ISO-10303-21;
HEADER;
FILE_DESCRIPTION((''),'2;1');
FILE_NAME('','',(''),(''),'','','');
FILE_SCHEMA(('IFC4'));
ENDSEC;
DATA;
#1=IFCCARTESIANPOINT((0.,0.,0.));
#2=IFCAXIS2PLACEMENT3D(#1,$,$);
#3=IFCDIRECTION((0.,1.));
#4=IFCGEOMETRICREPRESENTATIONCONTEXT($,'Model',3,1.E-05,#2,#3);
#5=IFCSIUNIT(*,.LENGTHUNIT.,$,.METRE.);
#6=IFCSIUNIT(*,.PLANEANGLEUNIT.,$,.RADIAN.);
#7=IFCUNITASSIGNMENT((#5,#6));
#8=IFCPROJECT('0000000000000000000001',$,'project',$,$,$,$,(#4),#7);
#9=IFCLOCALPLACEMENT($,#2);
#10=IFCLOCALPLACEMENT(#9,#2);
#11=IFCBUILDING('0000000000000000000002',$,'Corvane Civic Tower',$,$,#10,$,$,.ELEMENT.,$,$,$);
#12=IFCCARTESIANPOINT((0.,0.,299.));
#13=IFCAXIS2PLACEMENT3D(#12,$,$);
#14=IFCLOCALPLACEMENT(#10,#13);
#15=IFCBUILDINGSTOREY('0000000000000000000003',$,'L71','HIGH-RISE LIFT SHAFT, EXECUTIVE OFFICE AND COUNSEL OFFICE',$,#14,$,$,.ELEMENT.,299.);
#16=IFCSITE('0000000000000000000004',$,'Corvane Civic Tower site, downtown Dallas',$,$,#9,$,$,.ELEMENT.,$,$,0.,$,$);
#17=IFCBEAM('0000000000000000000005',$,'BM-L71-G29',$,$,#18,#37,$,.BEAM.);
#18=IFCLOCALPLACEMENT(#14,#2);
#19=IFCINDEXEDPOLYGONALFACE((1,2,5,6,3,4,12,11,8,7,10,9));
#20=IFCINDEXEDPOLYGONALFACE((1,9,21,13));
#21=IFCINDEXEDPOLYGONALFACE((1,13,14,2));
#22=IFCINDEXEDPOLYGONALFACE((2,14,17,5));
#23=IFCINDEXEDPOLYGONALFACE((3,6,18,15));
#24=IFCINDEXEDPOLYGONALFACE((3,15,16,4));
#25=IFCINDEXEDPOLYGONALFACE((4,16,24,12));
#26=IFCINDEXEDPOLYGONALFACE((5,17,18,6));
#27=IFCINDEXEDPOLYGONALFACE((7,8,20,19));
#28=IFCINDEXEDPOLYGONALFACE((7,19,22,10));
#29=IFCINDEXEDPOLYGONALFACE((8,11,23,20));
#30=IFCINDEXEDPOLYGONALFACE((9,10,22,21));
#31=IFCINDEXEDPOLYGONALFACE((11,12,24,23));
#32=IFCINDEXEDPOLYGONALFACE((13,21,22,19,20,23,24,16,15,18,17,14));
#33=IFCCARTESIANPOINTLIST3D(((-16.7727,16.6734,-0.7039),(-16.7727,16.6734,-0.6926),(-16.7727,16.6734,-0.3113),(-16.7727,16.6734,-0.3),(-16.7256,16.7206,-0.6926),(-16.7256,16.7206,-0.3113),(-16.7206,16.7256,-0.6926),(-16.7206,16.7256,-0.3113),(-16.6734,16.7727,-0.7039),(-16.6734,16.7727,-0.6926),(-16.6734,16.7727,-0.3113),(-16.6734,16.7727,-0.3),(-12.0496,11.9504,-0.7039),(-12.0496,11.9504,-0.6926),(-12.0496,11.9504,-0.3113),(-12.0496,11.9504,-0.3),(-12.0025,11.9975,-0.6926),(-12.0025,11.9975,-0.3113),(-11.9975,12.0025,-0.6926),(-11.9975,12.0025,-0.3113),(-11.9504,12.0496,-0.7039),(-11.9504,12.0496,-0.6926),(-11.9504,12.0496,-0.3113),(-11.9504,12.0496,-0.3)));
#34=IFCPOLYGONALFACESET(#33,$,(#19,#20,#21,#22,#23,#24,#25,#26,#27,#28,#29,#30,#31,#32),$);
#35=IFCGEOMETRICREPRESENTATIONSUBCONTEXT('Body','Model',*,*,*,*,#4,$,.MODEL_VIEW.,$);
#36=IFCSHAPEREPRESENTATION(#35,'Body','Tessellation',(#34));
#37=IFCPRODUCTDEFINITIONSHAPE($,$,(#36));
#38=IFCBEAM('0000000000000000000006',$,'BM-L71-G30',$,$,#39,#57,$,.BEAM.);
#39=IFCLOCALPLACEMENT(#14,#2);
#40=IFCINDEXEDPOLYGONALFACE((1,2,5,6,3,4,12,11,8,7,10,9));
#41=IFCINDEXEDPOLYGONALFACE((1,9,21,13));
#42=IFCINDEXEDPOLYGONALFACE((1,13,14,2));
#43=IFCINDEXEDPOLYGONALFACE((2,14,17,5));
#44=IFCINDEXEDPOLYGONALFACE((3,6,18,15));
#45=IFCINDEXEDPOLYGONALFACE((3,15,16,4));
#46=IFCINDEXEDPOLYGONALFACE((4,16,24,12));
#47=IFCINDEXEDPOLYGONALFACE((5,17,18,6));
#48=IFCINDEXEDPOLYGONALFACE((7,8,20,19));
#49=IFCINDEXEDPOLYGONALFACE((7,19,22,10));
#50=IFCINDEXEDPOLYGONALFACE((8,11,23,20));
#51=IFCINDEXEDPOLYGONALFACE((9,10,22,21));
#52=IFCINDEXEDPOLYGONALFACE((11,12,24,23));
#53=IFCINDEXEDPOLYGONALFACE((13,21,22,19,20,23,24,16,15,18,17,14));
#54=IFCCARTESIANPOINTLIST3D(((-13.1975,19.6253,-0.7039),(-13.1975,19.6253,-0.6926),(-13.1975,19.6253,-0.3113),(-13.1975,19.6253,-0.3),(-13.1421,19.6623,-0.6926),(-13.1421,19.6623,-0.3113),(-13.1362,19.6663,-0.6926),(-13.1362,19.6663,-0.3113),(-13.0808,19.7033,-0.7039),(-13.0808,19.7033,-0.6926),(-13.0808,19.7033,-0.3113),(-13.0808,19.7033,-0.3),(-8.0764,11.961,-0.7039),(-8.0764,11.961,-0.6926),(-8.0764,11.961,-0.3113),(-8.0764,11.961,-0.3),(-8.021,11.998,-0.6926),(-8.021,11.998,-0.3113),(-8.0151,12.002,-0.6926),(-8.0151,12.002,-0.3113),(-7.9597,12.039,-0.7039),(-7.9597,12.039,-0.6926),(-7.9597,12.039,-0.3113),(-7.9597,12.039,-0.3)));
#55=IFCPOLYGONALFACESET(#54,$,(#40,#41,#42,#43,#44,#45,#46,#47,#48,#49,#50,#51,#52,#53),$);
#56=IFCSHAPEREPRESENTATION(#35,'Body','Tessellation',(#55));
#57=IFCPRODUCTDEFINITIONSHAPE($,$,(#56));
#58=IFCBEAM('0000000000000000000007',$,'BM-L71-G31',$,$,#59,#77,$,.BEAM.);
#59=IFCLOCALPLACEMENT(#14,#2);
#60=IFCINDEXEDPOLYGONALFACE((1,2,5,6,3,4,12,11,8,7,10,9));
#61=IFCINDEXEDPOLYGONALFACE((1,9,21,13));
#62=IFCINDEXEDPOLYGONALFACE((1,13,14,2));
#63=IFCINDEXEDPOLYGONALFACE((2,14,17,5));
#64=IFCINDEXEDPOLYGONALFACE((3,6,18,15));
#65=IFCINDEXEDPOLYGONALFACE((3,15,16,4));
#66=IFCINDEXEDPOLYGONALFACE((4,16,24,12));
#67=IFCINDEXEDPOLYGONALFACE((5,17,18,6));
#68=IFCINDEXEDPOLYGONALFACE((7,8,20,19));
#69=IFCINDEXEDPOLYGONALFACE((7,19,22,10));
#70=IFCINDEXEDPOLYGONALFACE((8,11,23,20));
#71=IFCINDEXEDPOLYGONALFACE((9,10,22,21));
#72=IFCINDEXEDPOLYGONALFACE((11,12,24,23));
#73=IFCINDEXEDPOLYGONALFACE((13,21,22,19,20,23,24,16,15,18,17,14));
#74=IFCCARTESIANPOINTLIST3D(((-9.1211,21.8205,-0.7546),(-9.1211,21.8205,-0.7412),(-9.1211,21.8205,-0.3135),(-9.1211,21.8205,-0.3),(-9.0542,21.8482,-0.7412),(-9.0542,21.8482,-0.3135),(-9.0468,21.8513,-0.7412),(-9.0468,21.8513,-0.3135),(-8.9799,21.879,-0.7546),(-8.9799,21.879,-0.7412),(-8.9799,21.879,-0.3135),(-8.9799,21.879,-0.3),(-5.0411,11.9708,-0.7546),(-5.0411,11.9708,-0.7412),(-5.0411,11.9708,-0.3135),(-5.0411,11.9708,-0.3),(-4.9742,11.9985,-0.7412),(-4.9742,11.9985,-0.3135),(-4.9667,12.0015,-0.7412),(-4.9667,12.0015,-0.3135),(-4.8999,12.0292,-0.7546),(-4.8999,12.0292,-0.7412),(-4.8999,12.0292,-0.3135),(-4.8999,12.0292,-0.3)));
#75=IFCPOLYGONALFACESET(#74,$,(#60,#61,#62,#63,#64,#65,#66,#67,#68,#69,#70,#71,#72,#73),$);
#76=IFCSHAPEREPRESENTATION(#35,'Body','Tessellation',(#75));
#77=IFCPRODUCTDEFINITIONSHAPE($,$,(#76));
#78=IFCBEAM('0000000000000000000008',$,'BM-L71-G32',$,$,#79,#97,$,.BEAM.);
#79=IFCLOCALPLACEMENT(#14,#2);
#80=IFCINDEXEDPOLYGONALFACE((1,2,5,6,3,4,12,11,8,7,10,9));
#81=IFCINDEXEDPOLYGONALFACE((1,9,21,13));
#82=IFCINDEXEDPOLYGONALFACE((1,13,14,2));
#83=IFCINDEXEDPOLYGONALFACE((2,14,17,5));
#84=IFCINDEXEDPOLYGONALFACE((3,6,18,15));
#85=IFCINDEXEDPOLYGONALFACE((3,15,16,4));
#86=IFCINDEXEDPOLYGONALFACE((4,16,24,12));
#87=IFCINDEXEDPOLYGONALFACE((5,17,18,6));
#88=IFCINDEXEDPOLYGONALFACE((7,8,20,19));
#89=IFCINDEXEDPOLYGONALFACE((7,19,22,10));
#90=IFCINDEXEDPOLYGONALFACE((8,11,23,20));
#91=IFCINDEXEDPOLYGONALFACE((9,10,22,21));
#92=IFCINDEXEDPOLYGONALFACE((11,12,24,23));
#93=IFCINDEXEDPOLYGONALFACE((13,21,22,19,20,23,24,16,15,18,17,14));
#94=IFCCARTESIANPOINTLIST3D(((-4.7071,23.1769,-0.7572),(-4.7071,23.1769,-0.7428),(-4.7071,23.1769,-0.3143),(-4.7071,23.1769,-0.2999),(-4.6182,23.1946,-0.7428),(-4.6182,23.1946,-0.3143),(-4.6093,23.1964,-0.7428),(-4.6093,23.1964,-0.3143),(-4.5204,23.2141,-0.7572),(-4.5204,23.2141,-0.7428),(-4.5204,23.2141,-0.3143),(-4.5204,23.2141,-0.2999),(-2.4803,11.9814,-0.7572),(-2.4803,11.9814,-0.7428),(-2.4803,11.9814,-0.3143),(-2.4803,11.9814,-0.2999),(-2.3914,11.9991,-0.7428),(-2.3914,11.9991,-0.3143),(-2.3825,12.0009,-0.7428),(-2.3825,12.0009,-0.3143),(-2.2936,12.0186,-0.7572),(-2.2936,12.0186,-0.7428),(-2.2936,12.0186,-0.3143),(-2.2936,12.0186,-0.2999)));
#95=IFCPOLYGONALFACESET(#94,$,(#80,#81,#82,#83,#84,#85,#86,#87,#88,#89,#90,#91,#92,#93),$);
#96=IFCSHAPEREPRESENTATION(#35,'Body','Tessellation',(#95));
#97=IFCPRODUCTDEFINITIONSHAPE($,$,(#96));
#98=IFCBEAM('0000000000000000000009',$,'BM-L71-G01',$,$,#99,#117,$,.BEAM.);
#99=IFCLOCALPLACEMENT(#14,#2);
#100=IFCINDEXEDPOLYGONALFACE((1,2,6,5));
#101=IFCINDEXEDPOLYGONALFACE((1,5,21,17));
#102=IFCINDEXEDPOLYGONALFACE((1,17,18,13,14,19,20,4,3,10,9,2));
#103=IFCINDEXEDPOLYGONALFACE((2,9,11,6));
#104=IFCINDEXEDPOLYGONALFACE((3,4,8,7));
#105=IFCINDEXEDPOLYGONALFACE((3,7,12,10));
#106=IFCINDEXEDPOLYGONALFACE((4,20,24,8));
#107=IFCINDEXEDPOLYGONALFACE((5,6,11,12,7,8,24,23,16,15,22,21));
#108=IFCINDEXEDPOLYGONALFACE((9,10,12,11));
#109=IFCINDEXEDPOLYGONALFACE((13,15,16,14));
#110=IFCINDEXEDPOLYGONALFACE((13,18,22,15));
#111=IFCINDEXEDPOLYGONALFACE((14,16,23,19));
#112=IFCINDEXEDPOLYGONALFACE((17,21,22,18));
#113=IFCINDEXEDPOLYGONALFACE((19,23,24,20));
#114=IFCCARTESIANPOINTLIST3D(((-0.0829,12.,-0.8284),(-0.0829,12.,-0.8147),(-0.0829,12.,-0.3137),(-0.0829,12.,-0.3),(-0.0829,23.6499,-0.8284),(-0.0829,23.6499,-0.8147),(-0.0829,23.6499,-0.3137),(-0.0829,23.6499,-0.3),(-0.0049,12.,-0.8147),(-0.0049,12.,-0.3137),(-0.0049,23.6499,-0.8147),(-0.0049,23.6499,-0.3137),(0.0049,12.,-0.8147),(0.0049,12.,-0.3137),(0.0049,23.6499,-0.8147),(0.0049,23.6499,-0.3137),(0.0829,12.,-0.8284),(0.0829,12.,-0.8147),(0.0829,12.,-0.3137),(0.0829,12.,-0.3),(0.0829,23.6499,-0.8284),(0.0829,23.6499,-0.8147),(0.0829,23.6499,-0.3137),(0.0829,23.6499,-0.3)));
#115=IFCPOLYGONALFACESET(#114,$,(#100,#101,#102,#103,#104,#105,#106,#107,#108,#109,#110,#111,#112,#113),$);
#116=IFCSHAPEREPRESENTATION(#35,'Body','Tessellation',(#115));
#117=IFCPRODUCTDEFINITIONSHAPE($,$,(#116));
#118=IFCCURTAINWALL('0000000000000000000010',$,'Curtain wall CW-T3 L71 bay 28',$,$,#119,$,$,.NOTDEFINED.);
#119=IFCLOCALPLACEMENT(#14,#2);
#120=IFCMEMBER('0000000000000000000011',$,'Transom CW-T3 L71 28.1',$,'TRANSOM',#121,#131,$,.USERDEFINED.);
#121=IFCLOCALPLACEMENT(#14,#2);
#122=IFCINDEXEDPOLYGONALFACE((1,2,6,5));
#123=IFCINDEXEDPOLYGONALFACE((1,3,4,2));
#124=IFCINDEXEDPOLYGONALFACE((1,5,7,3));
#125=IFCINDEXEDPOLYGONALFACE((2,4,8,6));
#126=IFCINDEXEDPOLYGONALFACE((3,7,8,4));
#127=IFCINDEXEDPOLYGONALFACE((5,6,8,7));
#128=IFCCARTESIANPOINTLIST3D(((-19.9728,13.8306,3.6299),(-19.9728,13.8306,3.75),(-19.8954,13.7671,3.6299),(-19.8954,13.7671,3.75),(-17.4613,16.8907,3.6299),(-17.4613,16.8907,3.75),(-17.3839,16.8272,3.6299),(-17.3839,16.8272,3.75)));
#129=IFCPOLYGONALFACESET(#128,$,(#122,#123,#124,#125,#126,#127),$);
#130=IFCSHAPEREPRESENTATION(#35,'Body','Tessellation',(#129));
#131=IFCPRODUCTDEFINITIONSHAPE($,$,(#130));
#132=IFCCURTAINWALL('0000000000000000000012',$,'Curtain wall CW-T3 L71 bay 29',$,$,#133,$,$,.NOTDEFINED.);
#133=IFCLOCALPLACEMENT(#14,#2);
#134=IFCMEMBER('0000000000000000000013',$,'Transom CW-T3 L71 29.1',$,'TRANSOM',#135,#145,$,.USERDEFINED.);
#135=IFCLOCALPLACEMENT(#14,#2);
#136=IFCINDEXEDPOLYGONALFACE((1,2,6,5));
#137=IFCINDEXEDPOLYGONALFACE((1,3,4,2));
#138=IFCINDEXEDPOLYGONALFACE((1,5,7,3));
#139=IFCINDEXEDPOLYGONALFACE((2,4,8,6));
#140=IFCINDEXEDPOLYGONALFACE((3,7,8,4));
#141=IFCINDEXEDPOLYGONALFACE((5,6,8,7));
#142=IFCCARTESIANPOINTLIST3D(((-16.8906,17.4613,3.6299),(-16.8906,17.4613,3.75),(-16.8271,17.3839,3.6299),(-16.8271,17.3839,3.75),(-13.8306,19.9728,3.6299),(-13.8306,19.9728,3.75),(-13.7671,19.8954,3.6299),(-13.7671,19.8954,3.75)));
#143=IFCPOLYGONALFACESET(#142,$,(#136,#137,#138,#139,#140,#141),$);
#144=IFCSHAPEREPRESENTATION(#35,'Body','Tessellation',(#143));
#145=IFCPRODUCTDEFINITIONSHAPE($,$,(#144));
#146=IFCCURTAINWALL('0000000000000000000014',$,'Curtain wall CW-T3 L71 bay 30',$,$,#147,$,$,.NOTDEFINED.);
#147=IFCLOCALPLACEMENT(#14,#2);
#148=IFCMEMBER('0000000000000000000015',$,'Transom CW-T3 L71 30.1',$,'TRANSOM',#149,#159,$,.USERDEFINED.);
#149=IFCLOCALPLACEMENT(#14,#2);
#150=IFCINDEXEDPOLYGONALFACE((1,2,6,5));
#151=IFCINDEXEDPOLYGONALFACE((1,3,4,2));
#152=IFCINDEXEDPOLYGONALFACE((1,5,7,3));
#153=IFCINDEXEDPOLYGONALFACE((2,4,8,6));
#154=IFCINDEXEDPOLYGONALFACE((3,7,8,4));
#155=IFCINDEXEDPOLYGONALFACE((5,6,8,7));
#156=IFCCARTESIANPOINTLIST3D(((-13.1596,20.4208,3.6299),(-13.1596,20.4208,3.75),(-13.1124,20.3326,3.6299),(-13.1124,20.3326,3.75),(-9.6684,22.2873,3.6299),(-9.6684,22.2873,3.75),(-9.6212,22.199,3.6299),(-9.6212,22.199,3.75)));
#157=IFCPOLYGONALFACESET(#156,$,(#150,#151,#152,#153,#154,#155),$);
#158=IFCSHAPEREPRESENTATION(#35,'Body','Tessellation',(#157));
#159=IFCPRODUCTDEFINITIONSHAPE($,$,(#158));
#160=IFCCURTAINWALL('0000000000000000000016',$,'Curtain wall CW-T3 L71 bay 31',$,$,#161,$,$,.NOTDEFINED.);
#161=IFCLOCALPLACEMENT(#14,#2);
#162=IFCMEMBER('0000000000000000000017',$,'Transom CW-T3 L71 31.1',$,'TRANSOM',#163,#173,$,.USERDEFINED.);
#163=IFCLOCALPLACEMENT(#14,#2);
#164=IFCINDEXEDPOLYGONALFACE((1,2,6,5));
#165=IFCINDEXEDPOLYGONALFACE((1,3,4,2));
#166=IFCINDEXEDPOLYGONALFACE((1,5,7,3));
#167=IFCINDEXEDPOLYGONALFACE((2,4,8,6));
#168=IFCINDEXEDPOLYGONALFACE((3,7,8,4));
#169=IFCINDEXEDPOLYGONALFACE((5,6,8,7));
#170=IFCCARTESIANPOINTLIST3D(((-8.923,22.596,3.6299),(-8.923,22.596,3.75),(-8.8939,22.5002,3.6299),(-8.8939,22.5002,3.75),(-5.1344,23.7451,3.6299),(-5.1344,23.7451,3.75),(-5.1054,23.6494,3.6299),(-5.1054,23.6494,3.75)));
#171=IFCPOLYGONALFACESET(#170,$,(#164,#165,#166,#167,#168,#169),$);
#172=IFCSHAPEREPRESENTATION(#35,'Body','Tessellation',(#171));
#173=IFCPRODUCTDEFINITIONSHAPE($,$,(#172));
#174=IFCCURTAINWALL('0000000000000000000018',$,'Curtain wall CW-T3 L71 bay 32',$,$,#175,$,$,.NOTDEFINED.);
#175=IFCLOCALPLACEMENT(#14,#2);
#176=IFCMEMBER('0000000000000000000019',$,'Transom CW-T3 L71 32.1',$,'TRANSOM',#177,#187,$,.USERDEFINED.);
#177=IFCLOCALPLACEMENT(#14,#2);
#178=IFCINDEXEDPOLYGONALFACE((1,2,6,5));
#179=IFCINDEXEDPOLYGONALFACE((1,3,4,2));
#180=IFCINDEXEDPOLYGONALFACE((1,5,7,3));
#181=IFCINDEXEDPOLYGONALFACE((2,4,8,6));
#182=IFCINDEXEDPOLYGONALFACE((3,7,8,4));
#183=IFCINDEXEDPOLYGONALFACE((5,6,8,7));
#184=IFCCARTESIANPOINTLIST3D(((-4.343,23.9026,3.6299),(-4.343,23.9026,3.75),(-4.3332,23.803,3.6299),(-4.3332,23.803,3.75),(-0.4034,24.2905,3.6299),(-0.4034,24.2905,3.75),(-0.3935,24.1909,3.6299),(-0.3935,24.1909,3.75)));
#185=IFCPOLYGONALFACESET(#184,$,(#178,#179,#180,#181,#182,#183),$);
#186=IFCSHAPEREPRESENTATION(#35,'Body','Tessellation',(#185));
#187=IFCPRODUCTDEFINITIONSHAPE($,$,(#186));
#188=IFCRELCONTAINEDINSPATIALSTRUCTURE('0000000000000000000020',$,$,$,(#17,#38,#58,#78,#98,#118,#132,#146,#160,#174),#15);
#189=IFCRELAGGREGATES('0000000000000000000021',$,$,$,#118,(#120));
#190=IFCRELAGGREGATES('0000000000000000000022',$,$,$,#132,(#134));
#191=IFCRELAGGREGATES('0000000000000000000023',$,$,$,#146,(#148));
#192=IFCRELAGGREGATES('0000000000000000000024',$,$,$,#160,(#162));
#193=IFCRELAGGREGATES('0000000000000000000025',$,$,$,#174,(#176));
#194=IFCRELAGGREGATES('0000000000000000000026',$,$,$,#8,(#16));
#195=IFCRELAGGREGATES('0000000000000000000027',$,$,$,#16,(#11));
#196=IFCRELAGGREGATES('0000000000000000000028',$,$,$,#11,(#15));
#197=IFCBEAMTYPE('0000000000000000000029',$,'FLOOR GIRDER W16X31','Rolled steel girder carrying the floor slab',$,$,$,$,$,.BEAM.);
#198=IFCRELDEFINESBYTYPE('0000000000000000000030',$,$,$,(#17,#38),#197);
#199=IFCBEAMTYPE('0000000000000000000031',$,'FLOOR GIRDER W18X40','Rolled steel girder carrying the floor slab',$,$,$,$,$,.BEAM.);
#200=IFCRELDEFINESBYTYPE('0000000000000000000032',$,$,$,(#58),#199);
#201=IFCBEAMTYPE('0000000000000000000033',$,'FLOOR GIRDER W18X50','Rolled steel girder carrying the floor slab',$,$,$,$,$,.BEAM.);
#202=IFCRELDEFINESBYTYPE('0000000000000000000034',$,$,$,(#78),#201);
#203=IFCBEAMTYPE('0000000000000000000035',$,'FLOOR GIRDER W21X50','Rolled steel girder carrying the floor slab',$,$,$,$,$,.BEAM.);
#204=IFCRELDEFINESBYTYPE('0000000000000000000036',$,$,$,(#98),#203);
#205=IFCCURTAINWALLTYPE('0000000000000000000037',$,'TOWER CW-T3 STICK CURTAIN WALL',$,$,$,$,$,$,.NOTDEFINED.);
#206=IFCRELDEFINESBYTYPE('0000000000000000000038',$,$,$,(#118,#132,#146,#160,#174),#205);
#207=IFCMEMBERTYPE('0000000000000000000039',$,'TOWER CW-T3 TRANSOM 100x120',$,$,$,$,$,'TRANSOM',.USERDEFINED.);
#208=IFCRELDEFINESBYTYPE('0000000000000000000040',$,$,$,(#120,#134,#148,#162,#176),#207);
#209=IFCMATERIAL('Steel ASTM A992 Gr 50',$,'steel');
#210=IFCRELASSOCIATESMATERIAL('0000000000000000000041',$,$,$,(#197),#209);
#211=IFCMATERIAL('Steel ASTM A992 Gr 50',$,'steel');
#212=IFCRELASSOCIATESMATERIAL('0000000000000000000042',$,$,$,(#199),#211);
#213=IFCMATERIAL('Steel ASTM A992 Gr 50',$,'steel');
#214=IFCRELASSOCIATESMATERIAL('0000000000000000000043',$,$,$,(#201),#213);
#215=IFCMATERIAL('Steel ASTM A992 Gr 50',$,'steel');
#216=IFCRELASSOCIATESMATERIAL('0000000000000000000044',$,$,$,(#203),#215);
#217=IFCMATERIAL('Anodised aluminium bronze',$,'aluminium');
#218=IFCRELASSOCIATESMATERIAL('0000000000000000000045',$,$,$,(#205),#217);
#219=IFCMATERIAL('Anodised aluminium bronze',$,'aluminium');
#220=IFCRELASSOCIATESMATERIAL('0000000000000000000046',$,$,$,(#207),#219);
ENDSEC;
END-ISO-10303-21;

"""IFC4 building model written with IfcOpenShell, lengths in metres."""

from ifc_helpers import new_model, si_unit, direction, frame, origin, origin_2d, place, context, subcontext, project, spatial, rectangle, i_section, extrude, material, material_profile, profile_set, type_object, element, aggregate, save


model = new_model("IFC4")

# Units and contexts
model_context = context("Model", 3, precision=1e-05, world=origin(), true_north=direction((0.0, 1.0)))
body_context = subcontext(model_context, "Body", "Model", "MODEL_VIEW")
ifc_project = project(units=[si_unit("LENGTHUNIT", "METRE"), si_unit("PLANEANGLEUNIT", "RADIAN")], contexts=[model_context])

# Site, building, storey
site_placement = place(None, origin())
site = spatial("IfcSite", under=ifc_project, at=site_placement, Name="Corvane Civic Tower site, downtown Dallas", CompositionType="ELEMENT", RefElevation=0.0)
building_placement = place(site_placement, origin())
building = spatial("IfcBuilding", under=site, at=building_placement, Name="Corvane Civic Tower", CompositionType="ELEMENT")
storey_placement = place(building_placement, frame((0.0, 0.0, 299.0)))
storey = spatial("IfcBuildingStorey", under=building, at=storey_placement, Name="L71", Description="HIGH-RISE LIFT SHAFT, EXECUTIVE OFFICE AND COUNSEL OFFICE", CompositionType="ELEMENT", Elevation=299.0)

# Beams
ifc_material_1 = material(Name="Steel ASTM A992 Gr 50", Category="steel")
ifc_material_profile_1 = material_profile(ifc_material_1, i_section(OverallWidth=0.1404, OverallDepth=0.4038, WebThickness=0.0071, FlangeThickness=0.0112, at=origin_2d()), Name="W16X31")
ifc_profile_set_1 = profile_set([ifc_material_profile_1], Name="Steel ASTM A992 Gr 50")
beam_type_1 = type_object("IfcBeamType", Name="FLOOR GIRDER W16X31", Description="Rolled steel girder carrying the floor slab", PredefinedType="BEAM", material=ifc_profile_set_1)
beam_1_placement = place(storey_placement, frame((-12.0, 12.0, -0.502), z_axis=(-0.707107, 0.707107, 0.0), x_axis=(-0.707107, -0.707107, 0.0)))
element("IfcBeam", 1, at=beam_1_placement, inside=storey, type_object=beam_type_1, Name="BM-L71-G29", PredefinedType="BEAM", context=body_context, shape_type="SweptSolid", body=[
    extrude(i_section(OverallWidth=0.1404, OverallDepth=0.4038, WebThickness=0.0071, FlangeThickness=0.0112, at=origin_2d()), origin(), (0.0, 0.0, 1.0), 6.6794),
])
beam_2_placement = place(storey_placement, frame((-8.0181, 12.0, -0.502), z_axis=(-0.555568, 0.831471, 0.0), x_axis=(-0.831471, -0.555568, 0.0)))
element("IfcBeam", 2, at=beam_2_placement, inside=storey, type_object=beam_type_1, Name="BM-L71-G30", PredefinedType="BEAM", context=body_context, shape_type="SweptSolid", body=[
    extrude(i_section(OverallWidth=0.1404, OverallDepth=0.4038, WebThickness=0.0071, FlangeThickness=0.0112, at=origin_2d()), origin(), (0.0, 0.0, 1.0), 9.2178),
])
ifc_material_2 = material(Name="Steel ASTM A992 Gr 50", Category="steel")
ifc_material_profile_2 = material_profile(ifc_material_2, i_section(OverallWidth=0.1528, OverallDepth=0.4546, WebThickness=0.0081, FlangeThickness=0.0134, at=origin_2d()), Name="W18X40")
ifc_profile_set_2 = profile_set([ifc_material_profile_2], Name="Steel ASTM A992 Gr 50")
beam_type_2 = type_object("IfcBeamType", Name="FLOOR GIRDER W18X40", Description="Rolled steel girder carrying the floor slab", PredefinedType="BEAM", material=ifc_profile_set_2)
beam_3_placement = place(storey_placement, frame((-4.9705, 12.0, -0.5273), z_axis=(-0.382694, 0.923875, 0.0), x_axis=(-0.923875, -0.382694, 0.0)))
element("IfcBeam", 3, at=beam_3_placement, inside=storey, type_object=beam_type_2, Name="BM-L71-G31", PredefinedType="BEAM", context=body_context, shape_type="SweptSolid", body=[
    extrude(i_section(OverallWidth=0.1528, OverallDepth=0.4546, WebThickness=0.0081, FlangeThickness=0.0134, at=origin_2d()), origin(), (0.0, 0.0, 1.0), 10.6614),
])
ifc_material_3 = material(Name="Steel ASTM A992 Gr 50", Category="steel")
ifc_material_profile_3 = material_profile(ifc_material_3, i_section(OverallWidth=0.1904, OverallDepth=0.4573, WebThickness=0.009, FlangeThickness=0.0144, at=origin_2d()), Name="W18X50")
ifc_profile_set_3 = profile_set([ifc_material_profile_3], Name="Steel ASTM A992 Gr 50")
beam_type_3 = type_object("IfcBeamType", Name="FLOOR GIRDER W18X50", Description="Rolled steel girder carrying the floor slab", PredefinedType="BEAM", material=ifc_profile_set_3)
beam_4_placement = place(storey_placement, frame((-2.387, 12.0, -0.5286), z_axis=(-0.19508, 0.980787, 0.0), x_axis=(-0.980787, -0.19508, 0.0)))
element("IfcBeam", 4, at=beam_4_placement, inside=storey, type_object=beam_type_3, Name="BM-L71-G32", PredefinedType="BEAM", context=body_context, shape_type="SweptSolid", body=[
    extrude(i_section(OverallWidth=0.1904, OverallDepth=0.4573, WebThickness=0.009, FlangeThickness=0.0144, at=origin_2d()), origin(), (0.0, 0.0, 1.0), 11.4148),
])
ifc_material_4 = material(Name="Steel ASTM A992 Gr 50", Category="steel")
ifc_material_profile_4 = material_profile(ifc_material_4, i_section(OverallWidth=0.1658, OverallDepth=0.5283, WebThickness=0.0098, FlangeThickness=0.0137, at=origin_2d()), Name="W21X50")
ifc_profile_set_4 = profile_set([ifc_material_profile_4], Name="Steel ASTM A992 Gr 50")
beam_type_4 = type_object("IfcBeamType", Name="FLOOR GIRDER W21X50", Description="Rolled steel girder carrying the floor slab", PredefinedType="BEAM", material=ifc_profile_set_4)
beam_5_placement = place(storey_placement, frame((0.0, 12.0, -0.5642), z_axis=(0.0, 1.0, 0.0), x_axis=(-1.0, 0.0, 0.0)))
element("IfcBeam", 5, at=beam_5_placement, inside=storey, type_object=beam_type_4, Name="BM-L71-G01", PredefinedType="BEAM", context=body_context, shape_type="SweptSolid", body=[
    extrude(i_section(OverallWidth=0.1658, OverallDepth=0.5283, WebThickness=0.0098, FlangeThickness=0.0137, at=origin_2d()), origin(), (0.0, 0.0, 1.0), 11.6499),
])

# Curtain walls, members
ifc_material_5 = material(Name="Anodised aluminium bronze", Category="aluminium")
curtain_wall_type = type_object("IfcCurtainWallType", Name="TOWER CW-T3 STICK CURTAIN WALL", PredefinedType="NOTDEFINED", material=ifc_material_5)
curtain_wall_1_placement = place(storey_placement, origin())
curtain_wall_1 = element("IfcCurtainWall", 6, at=curtain_wall_1_placement, inside=storey, type_object=curtain_wall_type, Name="Curtain wall CW-T3 L71 bay 28", PredefinedType="NOTDEFINED")
ifc_material_6 = material(Name="Anodised aluminium bronze", Category="aluminium")
ifc_material_profile_5 = material_profile(ifc_material_6, rectangle(XDim=0.1001, YDim=0.1201, at=origin_2d()), Name="TOWER CW-T3 TRANSOM 100x120")
ifc_profile_set_5 = profile_set([ifc_material_profile_5], Name="Anodised aluminium bronze")
member_type = type_object("IfcMemberType", Name="TOWER CW-T3 TRANSOM 100x120", ElementType="TRANSOM", PredefinedType="USERDEFINED", material=ifc_profile_set_5)
member_1_placement = place(storey_placement, frame((-19.9341, 13.7988, 3.6899), z_axis=(0.634416, 0.772992, 0.0), x_axis=(-0.772992, 0.634416, 0.0)))
member_1 = element("IfcMember", 7, at=member_1_placement, type_object=member_type, Name="Transom CW-T3 L71 28.1", ObjectType="TRANSOM", PredefinedType="USERDEFINED", context=body_context, shape_type="SweptSolid", body=[
    extrude(rectangle(XDim=0.1001, YDim=0.1201, at=origin_2d()), origin(), (0.0, 0.0, 1.0), 3.9587),
])
curtain_wall_2_placement = place(storey_placement, origin())
curtain_wall_2 = element("IfcCurtainWall", 8, at=curtain_wall_2_placement, inside=storey, type_object=curtain_wall_type, Name="Curtain wall CW-T3 L71 bay 29", PredefinedType="NOTDEFINED")
member_2_placement = place(storey_placement, frame((-16.8589, 17.4226, 3.6899), z_axis=(0.772992, 0.634416, 0.0), x_axis=(-0.634416, 0.772992, 0.0)))
member_2 = element("IfcMember", 9, at=member_2_placement, type_object=member_type, Name="Transom CW-T3 L71 29.1", ObjectType="TRANSOM", PredefinedType="USERDEFINED", context=body_context, shape_type="SweptSolid", body=[
    extrude(rectangle(XDim=0.1001, YDim=0.1201, at=origin_2d()), origin(), (0.0, 0.0, 1.0), 3.9587),
])
curtain_wall_3_placement = place(storey_placement, origin())
curtain_wall_3 = element("IfcCurtainWall", 10, at=curtain_wall_3_placement, inside=storey, type_object=curtain_wall_type, Name="Curtain wall CW-T3 L71 bay 30", PredefinedType="NOTDEFINED")
member_3_placement = place(storey_placement, frame((-13.136, 20.3767, 3.6899), z_axis=(0.881883, 0.471468, 0.0), x_axis=(-0.471468, 0.881883, 0.0)))
member_3 = element("IfcMember", 11, at=member_3_placement, type_object=member_type, Name="Transom CW-T3 L71 30.1", ObjectType="TRANSOM", PredefinedType="USERDEFINED", context=body_context, shape_type="SweptSolid", body=[
    extrude(rectangle(XDim=0.1001, YDim=0.1201, at=origin_2d()), origin(), (0.0, 0.0, 1.0), 3.9587),
])
curtain_wall_4_placement = place(storey_placement, origin())
curtain_wall_4 = element("IfcCurtainWall", 12, at=curtain_wall_4_placement, inside=storey, type_object=curtain_wall_type, Name="Curtain wall CW-T3 L71 bay 31", PredefinedType="NOTDEFINED")
member_4_placement = place(storey_placement, frame((-8.9084, 22.5481, 3.6899), z_axis=(0.956946, 0.290266, 0.0), x_axis=(-0.290266, 0.956946, 0.0)))
member_4 = element("IfcMember", 13, at=member_4_placement, type_object=member_type, Name="Transom CW-T3 L71 31.1", ObjectType="TRANSOM", PredefinedType="USERDEFINED", context=body_context, shape_type="SweptSolid", body=[
    extrude(rectangle(XDim=0.1001, YDim=0.1201, at=origin_2d()), origin(), (0.0, 0.0, 1.0), 3.959),
])
curtain_wall_5_placement = place(storey_placement, origin())
curtain_wall_5 = element("IfcCurtainWall", 14, at=curtain_wall_5_placement, inside=storey, type_object=curtain_wall_type, Name="Curtain wall CW-T3 L71 bay 32", PredefinedType="NOTDEFINED")
member_5_placement = place(storey_placement, frame((-4.3381, 23.8528, 3.6899), z_axis=(0.995187, 0.097995, 0.0), x_axis=(-0.097995, 0.995187, 0.0)))
member_5 = element("IfcMember", 15, at=member_5_placement, type_object=member_type, Name="Transom CW-T3 L71 32.1", ObjectType="TRANSOM", PredefinedType="USERDEFINED", context=body_context, shape_type="SweptSolid", body=[
    extrude(rectangle(XDim=0.1001, YDim=0.1201, at=origin_2d()), origin(), (0.0, 0.0, 1.0), 3.9587),
])

aggregate(curtain_wall_1, [member_1])
aggregate(curtain_wall_2, [member_2])
aggregate(curtain_wall_3, [member_3])
aggregate(curtain_wall_4, [member_4])
aggregate(curtain_wall_5, [member_5])

save(model, "model.ifc")
